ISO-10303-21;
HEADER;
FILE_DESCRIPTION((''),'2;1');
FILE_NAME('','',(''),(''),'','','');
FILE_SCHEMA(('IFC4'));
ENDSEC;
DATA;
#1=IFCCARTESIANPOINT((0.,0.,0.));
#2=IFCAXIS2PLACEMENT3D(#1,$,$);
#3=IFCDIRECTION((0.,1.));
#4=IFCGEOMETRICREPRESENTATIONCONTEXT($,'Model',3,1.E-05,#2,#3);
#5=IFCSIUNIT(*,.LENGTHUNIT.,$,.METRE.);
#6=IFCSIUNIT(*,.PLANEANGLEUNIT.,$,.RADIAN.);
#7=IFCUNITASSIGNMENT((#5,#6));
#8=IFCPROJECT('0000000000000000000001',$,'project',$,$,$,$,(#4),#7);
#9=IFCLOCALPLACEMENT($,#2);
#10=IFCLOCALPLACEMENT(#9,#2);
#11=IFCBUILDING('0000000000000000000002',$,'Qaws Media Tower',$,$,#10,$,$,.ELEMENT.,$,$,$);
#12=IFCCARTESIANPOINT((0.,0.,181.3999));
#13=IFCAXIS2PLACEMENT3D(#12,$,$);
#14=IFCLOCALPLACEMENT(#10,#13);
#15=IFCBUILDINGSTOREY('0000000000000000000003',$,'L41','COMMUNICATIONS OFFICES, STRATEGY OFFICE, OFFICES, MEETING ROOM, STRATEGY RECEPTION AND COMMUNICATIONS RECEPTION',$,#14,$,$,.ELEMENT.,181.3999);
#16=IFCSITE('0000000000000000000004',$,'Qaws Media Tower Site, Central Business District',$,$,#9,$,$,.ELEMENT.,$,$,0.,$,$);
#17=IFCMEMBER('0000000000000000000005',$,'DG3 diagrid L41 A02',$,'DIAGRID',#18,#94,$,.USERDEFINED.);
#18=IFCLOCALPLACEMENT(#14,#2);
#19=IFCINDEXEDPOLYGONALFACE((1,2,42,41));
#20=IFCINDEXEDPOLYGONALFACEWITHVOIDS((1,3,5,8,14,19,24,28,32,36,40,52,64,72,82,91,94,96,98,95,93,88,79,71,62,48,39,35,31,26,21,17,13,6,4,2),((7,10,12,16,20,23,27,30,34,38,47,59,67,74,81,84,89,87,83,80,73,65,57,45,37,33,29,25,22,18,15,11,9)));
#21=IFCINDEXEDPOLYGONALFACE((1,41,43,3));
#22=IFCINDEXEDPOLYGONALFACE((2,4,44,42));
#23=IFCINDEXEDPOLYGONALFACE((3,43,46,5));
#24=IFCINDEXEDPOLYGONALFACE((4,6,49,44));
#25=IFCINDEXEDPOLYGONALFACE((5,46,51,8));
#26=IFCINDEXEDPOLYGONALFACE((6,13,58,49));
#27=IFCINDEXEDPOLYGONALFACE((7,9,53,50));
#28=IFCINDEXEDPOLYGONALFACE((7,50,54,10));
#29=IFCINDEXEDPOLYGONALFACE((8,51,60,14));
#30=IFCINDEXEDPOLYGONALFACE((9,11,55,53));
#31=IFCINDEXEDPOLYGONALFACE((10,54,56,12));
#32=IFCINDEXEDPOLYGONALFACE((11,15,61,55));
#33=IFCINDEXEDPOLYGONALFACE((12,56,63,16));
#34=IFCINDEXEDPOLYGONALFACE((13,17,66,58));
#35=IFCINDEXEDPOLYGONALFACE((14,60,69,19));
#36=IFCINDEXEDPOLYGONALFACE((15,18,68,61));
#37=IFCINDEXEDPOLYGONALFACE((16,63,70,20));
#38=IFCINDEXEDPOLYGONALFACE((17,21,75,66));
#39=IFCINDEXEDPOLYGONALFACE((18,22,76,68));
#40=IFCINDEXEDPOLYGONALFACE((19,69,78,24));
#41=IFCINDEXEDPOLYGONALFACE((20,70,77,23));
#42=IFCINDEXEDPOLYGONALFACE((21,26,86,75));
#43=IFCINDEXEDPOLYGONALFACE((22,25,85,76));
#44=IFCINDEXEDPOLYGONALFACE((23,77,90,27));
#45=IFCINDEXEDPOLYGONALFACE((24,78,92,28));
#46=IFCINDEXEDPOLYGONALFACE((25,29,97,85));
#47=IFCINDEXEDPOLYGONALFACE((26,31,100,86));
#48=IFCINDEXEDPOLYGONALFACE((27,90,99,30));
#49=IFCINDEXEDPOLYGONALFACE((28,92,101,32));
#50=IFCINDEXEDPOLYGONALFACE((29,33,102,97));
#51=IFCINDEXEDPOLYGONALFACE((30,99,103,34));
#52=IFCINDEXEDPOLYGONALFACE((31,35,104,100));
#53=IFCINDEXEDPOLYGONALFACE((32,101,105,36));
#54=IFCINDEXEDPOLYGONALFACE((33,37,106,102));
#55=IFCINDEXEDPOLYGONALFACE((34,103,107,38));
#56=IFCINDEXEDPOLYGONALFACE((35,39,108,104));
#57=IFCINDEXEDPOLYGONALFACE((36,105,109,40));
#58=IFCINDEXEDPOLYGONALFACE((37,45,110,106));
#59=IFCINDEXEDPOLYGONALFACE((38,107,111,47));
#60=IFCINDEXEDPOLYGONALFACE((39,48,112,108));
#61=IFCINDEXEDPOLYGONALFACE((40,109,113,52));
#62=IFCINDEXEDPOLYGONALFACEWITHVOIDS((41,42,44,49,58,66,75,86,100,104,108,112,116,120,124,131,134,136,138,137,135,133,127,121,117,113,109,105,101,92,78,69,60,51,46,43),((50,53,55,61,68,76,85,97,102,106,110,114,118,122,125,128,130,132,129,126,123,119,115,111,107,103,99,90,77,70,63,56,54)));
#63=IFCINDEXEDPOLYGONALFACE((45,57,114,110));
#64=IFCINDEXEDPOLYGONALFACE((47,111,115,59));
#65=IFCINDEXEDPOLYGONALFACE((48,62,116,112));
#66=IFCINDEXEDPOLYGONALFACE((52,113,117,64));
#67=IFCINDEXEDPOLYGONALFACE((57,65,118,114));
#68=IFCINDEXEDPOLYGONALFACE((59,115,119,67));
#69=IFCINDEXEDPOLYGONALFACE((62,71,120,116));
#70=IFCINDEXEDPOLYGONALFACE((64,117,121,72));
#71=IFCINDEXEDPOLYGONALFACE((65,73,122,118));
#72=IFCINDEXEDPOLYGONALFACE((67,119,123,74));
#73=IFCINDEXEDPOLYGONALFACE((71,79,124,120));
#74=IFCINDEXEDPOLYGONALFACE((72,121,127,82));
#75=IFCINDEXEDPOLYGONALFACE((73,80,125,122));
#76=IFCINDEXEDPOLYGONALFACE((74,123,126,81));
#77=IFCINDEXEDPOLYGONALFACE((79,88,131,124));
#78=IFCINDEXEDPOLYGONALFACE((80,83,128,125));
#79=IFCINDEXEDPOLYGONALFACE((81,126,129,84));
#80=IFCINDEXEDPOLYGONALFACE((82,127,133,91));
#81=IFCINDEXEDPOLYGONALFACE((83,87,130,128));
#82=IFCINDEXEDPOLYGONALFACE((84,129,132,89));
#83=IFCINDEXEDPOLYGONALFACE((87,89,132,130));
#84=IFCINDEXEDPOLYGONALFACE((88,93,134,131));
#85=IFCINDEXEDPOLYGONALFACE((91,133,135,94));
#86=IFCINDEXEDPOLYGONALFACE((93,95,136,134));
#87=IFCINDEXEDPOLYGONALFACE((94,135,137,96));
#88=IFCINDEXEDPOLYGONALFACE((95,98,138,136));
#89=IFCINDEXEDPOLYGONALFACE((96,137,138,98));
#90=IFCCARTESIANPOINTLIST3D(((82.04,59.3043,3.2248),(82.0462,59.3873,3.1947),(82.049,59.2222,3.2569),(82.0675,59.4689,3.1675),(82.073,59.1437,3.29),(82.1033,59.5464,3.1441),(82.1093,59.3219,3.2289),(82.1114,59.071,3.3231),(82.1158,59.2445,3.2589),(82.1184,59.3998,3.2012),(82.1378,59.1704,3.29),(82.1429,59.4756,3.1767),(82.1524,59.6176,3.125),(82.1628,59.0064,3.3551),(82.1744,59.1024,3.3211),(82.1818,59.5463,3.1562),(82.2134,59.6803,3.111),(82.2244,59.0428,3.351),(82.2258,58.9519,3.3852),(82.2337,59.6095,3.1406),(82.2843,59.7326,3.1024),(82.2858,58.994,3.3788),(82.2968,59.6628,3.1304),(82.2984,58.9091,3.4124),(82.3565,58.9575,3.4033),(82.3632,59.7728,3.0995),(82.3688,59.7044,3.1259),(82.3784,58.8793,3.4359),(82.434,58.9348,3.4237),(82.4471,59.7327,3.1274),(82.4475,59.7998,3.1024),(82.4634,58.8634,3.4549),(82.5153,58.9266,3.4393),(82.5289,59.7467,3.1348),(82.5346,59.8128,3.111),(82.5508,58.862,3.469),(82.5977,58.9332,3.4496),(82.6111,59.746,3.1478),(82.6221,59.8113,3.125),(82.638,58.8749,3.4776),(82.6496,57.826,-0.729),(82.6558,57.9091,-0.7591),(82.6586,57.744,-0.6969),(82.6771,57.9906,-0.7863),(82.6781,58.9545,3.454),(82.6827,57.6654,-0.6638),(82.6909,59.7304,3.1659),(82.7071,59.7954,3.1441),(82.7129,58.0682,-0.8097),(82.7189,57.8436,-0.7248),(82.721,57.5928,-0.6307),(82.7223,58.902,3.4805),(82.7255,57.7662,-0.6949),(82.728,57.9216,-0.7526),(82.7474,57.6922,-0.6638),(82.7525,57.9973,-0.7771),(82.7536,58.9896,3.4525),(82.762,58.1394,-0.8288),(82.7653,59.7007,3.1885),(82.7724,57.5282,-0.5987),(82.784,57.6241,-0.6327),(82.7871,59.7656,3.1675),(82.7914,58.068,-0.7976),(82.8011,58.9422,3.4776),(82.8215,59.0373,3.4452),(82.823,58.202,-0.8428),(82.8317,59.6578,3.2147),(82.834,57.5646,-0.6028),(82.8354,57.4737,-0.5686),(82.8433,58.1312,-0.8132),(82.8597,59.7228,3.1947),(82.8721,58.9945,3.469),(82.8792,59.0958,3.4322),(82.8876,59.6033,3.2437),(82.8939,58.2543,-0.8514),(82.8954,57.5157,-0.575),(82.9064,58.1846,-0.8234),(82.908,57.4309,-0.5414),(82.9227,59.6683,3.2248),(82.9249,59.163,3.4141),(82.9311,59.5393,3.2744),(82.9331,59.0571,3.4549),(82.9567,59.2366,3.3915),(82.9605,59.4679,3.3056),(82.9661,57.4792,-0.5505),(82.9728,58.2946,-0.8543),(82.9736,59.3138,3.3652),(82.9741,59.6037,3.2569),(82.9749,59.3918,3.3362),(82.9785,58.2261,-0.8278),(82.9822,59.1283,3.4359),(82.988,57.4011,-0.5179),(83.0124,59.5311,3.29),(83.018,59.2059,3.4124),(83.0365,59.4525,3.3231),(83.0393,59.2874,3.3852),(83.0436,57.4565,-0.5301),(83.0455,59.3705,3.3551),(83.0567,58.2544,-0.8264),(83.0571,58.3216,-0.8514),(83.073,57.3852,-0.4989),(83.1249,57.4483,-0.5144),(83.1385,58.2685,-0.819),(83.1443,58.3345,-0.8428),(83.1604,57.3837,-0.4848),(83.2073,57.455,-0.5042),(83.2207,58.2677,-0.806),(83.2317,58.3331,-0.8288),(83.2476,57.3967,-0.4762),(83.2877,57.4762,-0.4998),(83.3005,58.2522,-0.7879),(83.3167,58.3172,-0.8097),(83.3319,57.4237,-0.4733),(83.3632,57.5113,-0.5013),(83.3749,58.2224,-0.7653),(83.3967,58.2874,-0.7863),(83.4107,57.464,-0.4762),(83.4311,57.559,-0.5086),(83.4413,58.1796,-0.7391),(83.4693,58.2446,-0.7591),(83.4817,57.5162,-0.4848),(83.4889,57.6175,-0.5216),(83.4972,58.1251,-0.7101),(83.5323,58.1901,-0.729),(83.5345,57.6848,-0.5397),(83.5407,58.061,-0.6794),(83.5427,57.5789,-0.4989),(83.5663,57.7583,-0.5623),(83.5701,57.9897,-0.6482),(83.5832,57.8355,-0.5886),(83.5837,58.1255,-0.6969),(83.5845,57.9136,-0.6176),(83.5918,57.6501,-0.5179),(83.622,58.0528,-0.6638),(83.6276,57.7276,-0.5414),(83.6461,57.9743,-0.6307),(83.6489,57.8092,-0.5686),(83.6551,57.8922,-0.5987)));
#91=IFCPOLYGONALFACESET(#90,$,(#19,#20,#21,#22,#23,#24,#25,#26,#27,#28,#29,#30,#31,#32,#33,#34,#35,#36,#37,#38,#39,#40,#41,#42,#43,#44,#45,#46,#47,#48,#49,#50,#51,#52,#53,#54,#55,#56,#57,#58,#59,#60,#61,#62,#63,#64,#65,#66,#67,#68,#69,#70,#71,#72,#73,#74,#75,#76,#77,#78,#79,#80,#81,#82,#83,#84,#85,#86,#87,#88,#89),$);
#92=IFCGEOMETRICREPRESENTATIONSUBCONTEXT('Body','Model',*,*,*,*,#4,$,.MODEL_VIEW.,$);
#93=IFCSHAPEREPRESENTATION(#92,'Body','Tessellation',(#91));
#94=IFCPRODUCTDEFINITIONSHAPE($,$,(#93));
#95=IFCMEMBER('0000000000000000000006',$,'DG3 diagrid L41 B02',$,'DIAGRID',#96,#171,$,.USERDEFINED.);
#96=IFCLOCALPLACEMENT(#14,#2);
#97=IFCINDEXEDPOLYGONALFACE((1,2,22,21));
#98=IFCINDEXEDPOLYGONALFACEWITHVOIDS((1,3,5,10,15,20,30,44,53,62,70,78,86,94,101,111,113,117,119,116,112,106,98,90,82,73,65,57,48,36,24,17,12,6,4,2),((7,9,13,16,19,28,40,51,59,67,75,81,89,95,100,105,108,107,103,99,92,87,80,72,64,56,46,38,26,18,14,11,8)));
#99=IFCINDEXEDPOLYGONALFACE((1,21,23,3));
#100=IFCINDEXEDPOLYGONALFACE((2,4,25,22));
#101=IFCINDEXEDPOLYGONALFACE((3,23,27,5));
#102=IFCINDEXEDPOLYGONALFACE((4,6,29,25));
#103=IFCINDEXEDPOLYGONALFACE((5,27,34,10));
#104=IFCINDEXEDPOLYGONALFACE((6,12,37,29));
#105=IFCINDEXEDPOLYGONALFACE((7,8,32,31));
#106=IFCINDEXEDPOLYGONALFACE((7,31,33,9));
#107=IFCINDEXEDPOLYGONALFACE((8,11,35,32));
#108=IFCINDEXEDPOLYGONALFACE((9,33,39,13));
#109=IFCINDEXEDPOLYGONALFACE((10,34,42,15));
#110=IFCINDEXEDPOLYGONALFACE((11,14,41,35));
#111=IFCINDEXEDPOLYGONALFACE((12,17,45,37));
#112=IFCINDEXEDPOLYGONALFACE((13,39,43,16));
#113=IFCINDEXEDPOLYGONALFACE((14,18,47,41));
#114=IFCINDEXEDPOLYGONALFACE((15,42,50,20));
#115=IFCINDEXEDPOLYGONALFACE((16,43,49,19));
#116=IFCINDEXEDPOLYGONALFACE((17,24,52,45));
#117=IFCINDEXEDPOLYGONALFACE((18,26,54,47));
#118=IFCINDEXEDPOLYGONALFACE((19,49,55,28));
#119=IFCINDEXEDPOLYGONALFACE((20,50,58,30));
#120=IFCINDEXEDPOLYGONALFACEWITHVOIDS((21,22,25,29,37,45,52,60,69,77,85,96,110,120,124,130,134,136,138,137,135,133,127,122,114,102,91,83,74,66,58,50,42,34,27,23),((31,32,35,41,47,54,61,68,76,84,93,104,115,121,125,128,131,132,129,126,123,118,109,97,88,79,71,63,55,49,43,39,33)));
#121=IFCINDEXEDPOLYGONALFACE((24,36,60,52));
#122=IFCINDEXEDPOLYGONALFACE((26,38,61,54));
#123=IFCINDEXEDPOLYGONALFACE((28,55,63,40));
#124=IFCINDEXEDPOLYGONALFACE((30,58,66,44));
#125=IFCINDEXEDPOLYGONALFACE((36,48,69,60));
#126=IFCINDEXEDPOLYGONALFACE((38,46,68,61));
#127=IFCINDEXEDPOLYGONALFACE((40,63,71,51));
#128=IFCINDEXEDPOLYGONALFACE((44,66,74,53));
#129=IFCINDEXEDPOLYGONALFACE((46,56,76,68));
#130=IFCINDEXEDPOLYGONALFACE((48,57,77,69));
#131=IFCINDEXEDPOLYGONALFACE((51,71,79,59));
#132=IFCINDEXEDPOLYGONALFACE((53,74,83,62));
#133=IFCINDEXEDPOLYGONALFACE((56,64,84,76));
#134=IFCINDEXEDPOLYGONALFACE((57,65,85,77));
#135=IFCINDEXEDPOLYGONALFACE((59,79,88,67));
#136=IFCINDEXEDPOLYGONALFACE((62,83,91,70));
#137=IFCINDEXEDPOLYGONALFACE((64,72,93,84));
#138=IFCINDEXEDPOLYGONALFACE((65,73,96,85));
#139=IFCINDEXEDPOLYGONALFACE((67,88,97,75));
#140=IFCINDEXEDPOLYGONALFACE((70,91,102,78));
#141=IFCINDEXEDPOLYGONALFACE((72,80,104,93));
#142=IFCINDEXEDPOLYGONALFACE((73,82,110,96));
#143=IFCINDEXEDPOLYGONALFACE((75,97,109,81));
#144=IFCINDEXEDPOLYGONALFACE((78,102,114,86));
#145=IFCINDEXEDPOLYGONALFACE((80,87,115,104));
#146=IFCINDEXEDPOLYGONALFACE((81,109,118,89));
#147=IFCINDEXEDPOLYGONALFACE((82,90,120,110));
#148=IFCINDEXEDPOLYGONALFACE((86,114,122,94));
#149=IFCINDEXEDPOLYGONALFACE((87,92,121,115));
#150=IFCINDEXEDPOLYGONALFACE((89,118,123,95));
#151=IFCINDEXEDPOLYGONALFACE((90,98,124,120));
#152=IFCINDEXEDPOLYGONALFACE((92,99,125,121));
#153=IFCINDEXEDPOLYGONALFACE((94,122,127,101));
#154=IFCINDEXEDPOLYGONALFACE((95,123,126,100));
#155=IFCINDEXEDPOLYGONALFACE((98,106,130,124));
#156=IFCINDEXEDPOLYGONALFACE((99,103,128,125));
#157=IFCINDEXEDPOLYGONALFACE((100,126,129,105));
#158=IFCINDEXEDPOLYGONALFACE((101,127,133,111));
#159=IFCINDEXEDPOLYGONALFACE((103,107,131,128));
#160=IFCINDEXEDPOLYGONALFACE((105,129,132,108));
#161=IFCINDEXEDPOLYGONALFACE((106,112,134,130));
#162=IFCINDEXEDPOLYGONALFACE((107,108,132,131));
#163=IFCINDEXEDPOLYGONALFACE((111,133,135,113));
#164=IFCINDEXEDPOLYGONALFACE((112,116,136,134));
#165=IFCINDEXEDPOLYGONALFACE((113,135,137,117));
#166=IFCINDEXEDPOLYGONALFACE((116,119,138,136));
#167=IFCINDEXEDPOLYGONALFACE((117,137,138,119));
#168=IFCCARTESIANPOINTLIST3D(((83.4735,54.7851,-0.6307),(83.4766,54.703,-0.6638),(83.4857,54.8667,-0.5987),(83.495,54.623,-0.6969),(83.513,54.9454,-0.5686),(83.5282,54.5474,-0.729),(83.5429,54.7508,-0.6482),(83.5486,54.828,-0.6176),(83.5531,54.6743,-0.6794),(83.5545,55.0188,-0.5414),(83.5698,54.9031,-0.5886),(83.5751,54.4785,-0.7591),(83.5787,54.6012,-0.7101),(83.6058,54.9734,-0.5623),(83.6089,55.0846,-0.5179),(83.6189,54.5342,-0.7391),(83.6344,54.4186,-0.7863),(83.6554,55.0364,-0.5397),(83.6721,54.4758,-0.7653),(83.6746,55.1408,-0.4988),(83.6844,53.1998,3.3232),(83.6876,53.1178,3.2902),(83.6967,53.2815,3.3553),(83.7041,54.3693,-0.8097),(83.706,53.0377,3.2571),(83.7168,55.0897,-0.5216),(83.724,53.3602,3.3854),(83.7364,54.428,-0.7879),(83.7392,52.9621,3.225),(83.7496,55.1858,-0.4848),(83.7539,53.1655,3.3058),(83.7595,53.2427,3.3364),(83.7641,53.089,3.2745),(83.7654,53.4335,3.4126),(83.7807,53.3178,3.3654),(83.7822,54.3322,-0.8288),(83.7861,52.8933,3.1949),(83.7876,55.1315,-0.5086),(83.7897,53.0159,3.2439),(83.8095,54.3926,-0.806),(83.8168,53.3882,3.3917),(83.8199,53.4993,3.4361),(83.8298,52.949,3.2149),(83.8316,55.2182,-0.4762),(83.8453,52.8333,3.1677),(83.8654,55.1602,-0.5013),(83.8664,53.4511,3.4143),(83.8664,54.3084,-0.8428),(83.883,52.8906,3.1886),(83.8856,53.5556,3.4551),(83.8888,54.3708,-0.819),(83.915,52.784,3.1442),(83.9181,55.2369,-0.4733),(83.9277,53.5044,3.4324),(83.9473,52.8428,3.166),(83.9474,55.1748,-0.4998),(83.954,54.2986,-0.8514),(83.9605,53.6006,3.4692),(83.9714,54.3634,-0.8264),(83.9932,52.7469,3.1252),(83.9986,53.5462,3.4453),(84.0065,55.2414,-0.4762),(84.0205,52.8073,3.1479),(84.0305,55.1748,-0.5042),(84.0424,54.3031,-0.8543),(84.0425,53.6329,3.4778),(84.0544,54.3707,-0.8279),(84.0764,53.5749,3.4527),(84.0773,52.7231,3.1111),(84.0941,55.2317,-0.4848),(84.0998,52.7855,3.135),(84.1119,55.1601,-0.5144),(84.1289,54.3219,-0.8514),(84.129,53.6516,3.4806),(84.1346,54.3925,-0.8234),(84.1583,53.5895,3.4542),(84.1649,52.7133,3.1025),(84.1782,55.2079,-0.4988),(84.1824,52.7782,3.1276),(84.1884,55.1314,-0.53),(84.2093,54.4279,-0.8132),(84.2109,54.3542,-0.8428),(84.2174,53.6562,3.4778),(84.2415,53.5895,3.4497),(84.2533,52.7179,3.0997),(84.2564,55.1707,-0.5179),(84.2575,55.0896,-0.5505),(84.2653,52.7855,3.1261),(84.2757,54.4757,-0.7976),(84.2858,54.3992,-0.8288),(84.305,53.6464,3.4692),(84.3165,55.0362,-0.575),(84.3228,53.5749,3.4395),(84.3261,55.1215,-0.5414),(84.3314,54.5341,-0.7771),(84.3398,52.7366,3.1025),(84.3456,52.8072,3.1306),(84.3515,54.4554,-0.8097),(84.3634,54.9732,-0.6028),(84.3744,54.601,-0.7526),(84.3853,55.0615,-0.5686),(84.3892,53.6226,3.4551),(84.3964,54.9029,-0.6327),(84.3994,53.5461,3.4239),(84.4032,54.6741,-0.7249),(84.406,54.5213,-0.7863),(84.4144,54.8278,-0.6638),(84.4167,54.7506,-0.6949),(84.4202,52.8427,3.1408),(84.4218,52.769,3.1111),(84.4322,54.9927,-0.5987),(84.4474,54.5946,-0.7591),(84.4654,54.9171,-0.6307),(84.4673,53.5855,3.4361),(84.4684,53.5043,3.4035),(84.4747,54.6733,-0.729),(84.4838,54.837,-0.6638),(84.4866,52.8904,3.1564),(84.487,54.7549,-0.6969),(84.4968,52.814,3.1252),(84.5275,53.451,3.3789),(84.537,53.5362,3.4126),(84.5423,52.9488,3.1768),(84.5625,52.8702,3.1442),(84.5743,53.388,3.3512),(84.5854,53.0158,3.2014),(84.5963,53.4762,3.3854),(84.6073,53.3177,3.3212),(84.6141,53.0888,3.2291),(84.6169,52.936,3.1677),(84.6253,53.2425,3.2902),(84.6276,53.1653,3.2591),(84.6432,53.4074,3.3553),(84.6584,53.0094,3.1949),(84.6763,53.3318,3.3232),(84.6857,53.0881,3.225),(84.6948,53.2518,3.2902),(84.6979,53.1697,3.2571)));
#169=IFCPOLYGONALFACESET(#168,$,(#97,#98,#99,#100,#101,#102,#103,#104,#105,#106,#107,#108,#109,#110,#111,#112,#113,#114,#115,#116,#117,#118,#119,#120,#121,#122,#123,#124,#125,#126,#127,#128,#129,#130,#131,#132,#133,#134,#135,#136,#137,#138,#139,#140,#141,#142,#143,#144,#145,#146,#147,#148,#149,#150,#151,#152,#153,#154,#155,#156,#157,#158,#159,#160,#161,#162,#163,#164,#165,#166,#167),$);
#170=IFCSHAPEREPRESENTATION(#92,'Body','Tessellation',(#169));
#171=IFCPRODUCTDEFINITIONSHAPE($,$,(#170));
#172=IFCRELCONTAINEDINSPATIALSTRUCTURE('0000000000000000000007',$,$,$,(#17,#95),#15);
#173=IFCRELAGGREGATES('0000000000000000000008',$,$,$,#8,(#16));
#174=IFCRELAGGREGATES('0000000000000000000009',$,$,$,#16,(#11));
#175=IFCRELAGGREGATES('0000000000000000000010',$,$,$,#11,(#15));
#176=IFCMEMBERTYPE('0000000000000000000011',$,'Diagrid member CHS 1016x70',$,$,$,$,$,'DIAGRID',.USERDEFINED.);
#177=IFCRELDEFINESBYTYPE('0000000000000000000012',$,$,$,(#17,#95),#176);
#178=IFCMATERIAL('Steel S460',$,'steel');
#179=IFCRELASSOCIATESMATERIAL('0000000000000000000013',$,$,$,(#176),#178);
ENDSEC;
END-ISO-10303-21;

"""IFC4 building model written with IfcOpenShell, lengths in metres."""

from ifc_helpers import new_model, si_unit, direction, frame, origin, origin_2d, place, context, subcontext, project, spatial, hollow_circle, extrude, material, material_profile, profile_set, type_object, element, save


model = new_model("IFC4")

# Units and contexts
model_context = context("Model", 3, precision=1e-05, world=origin(), true_north=direction((0.0, 1.0)))
body_context = subcontext(model_context, "Body", "Model", "MODEL_VIEW")
ifc_project = project(units=[si_unit("LENGTHUNIT", "METRE"), si_unit("PLANEANGLEUNIT", "RADIAN")], contexts=[model_context])

# Site, building, storey
site_placement = place(None, origin())
site = spatial("IfcSite", under=ifc_project, at=site_placement, Name="Qaws Media Tower Site, Central Business District", CompositionType="ELEMENT", RefElevation=0.0)
building_placement = place(site_placement, origin())
building = spatial("IfcBuilding", under=site, at=building_placement, Name="Qaws Media Tower", CompositionType="ELEMENT")
storey_placement = place(building_placement, frame((0.0, 0.0, 181.3999)))
storey = spatial("IfcBuildingStorey", under=building, at=storey_placement, Name="L41", Description="COMMUNICATIONS OFFICES, STRATEGY OFFICE, OFFICES, MEETING ROOM, STRATEGY RECEPTION AND COMMUNICATIONS RECEPTION", CompositionType="ELEMENT", Elevation=181.3999)

# Members
ifc_material_1 = material(Name="Steel S460", Category="steel")
ifc_material_profile_1 = material_profile(ifc_material_1, hollow_circle(Radius=0.5081, WallThickness=0.0701, at=origin_2d()), Name="CHS 1016x70")
ifc_profile_set_1 = profile_set([ifc_material_profile_1], Name="Steel S460")
member_type_1 = type_object("IfcMemberType", Name="Diagrid member CHS 1016x70", ElementType="DIAGRID", PredefinedType="USERDEFINED", material=ifc_profile_set_1)
for number, where, z_axis, x_axis, name in (
    (1, (83.1523, 57.8591, -0.6638), (-0.142937, 0.346608, 0.927055), (-0.924476, -0.381241, 0.0), "DG3 diagrid L41 A02"),
):
    element("IfcMember", number, at=place(storey_placement, frame(where, z_axis=z_axis, x_axis=x_axis)), inside=storey, type_object=member_type_1, Name=name, ObjectType="DIAGRID", PredefinedType="USERDEFINED", context=body_context, shape_type="SweptSolid", body=[
        extrude(hollow_circle(Radius=0.5081, WallThickness=0.0701, at=origin_2d()), origin(), (0.0, 0.0, 1.0), 4.2649),
    ])
member_1_placement = place(storey_placement, frame((83.9802, 54.77, -0.6638), z_axis=(0.049458, -0.371676, 0.927044), x_axis=(0.991263, 0.131904, 0.0)))
element("IfcMember", 2, at=member_1_placement, inside=storey, type_object=member_type_1, Name="DG3 diagrid L41 B02", ObjectType="DIAGRID", PredefinedType="USERDEFINED", context=body_context, shape_type="SweptSolid", body=[
    extrude(hollow_circle(Radius=0.5081, WallThickness=0.0701, at=origin_2d()), origin(), (0.0, 0.0, 1.0), 4.2651),
])

save(model, "model.ifc")
